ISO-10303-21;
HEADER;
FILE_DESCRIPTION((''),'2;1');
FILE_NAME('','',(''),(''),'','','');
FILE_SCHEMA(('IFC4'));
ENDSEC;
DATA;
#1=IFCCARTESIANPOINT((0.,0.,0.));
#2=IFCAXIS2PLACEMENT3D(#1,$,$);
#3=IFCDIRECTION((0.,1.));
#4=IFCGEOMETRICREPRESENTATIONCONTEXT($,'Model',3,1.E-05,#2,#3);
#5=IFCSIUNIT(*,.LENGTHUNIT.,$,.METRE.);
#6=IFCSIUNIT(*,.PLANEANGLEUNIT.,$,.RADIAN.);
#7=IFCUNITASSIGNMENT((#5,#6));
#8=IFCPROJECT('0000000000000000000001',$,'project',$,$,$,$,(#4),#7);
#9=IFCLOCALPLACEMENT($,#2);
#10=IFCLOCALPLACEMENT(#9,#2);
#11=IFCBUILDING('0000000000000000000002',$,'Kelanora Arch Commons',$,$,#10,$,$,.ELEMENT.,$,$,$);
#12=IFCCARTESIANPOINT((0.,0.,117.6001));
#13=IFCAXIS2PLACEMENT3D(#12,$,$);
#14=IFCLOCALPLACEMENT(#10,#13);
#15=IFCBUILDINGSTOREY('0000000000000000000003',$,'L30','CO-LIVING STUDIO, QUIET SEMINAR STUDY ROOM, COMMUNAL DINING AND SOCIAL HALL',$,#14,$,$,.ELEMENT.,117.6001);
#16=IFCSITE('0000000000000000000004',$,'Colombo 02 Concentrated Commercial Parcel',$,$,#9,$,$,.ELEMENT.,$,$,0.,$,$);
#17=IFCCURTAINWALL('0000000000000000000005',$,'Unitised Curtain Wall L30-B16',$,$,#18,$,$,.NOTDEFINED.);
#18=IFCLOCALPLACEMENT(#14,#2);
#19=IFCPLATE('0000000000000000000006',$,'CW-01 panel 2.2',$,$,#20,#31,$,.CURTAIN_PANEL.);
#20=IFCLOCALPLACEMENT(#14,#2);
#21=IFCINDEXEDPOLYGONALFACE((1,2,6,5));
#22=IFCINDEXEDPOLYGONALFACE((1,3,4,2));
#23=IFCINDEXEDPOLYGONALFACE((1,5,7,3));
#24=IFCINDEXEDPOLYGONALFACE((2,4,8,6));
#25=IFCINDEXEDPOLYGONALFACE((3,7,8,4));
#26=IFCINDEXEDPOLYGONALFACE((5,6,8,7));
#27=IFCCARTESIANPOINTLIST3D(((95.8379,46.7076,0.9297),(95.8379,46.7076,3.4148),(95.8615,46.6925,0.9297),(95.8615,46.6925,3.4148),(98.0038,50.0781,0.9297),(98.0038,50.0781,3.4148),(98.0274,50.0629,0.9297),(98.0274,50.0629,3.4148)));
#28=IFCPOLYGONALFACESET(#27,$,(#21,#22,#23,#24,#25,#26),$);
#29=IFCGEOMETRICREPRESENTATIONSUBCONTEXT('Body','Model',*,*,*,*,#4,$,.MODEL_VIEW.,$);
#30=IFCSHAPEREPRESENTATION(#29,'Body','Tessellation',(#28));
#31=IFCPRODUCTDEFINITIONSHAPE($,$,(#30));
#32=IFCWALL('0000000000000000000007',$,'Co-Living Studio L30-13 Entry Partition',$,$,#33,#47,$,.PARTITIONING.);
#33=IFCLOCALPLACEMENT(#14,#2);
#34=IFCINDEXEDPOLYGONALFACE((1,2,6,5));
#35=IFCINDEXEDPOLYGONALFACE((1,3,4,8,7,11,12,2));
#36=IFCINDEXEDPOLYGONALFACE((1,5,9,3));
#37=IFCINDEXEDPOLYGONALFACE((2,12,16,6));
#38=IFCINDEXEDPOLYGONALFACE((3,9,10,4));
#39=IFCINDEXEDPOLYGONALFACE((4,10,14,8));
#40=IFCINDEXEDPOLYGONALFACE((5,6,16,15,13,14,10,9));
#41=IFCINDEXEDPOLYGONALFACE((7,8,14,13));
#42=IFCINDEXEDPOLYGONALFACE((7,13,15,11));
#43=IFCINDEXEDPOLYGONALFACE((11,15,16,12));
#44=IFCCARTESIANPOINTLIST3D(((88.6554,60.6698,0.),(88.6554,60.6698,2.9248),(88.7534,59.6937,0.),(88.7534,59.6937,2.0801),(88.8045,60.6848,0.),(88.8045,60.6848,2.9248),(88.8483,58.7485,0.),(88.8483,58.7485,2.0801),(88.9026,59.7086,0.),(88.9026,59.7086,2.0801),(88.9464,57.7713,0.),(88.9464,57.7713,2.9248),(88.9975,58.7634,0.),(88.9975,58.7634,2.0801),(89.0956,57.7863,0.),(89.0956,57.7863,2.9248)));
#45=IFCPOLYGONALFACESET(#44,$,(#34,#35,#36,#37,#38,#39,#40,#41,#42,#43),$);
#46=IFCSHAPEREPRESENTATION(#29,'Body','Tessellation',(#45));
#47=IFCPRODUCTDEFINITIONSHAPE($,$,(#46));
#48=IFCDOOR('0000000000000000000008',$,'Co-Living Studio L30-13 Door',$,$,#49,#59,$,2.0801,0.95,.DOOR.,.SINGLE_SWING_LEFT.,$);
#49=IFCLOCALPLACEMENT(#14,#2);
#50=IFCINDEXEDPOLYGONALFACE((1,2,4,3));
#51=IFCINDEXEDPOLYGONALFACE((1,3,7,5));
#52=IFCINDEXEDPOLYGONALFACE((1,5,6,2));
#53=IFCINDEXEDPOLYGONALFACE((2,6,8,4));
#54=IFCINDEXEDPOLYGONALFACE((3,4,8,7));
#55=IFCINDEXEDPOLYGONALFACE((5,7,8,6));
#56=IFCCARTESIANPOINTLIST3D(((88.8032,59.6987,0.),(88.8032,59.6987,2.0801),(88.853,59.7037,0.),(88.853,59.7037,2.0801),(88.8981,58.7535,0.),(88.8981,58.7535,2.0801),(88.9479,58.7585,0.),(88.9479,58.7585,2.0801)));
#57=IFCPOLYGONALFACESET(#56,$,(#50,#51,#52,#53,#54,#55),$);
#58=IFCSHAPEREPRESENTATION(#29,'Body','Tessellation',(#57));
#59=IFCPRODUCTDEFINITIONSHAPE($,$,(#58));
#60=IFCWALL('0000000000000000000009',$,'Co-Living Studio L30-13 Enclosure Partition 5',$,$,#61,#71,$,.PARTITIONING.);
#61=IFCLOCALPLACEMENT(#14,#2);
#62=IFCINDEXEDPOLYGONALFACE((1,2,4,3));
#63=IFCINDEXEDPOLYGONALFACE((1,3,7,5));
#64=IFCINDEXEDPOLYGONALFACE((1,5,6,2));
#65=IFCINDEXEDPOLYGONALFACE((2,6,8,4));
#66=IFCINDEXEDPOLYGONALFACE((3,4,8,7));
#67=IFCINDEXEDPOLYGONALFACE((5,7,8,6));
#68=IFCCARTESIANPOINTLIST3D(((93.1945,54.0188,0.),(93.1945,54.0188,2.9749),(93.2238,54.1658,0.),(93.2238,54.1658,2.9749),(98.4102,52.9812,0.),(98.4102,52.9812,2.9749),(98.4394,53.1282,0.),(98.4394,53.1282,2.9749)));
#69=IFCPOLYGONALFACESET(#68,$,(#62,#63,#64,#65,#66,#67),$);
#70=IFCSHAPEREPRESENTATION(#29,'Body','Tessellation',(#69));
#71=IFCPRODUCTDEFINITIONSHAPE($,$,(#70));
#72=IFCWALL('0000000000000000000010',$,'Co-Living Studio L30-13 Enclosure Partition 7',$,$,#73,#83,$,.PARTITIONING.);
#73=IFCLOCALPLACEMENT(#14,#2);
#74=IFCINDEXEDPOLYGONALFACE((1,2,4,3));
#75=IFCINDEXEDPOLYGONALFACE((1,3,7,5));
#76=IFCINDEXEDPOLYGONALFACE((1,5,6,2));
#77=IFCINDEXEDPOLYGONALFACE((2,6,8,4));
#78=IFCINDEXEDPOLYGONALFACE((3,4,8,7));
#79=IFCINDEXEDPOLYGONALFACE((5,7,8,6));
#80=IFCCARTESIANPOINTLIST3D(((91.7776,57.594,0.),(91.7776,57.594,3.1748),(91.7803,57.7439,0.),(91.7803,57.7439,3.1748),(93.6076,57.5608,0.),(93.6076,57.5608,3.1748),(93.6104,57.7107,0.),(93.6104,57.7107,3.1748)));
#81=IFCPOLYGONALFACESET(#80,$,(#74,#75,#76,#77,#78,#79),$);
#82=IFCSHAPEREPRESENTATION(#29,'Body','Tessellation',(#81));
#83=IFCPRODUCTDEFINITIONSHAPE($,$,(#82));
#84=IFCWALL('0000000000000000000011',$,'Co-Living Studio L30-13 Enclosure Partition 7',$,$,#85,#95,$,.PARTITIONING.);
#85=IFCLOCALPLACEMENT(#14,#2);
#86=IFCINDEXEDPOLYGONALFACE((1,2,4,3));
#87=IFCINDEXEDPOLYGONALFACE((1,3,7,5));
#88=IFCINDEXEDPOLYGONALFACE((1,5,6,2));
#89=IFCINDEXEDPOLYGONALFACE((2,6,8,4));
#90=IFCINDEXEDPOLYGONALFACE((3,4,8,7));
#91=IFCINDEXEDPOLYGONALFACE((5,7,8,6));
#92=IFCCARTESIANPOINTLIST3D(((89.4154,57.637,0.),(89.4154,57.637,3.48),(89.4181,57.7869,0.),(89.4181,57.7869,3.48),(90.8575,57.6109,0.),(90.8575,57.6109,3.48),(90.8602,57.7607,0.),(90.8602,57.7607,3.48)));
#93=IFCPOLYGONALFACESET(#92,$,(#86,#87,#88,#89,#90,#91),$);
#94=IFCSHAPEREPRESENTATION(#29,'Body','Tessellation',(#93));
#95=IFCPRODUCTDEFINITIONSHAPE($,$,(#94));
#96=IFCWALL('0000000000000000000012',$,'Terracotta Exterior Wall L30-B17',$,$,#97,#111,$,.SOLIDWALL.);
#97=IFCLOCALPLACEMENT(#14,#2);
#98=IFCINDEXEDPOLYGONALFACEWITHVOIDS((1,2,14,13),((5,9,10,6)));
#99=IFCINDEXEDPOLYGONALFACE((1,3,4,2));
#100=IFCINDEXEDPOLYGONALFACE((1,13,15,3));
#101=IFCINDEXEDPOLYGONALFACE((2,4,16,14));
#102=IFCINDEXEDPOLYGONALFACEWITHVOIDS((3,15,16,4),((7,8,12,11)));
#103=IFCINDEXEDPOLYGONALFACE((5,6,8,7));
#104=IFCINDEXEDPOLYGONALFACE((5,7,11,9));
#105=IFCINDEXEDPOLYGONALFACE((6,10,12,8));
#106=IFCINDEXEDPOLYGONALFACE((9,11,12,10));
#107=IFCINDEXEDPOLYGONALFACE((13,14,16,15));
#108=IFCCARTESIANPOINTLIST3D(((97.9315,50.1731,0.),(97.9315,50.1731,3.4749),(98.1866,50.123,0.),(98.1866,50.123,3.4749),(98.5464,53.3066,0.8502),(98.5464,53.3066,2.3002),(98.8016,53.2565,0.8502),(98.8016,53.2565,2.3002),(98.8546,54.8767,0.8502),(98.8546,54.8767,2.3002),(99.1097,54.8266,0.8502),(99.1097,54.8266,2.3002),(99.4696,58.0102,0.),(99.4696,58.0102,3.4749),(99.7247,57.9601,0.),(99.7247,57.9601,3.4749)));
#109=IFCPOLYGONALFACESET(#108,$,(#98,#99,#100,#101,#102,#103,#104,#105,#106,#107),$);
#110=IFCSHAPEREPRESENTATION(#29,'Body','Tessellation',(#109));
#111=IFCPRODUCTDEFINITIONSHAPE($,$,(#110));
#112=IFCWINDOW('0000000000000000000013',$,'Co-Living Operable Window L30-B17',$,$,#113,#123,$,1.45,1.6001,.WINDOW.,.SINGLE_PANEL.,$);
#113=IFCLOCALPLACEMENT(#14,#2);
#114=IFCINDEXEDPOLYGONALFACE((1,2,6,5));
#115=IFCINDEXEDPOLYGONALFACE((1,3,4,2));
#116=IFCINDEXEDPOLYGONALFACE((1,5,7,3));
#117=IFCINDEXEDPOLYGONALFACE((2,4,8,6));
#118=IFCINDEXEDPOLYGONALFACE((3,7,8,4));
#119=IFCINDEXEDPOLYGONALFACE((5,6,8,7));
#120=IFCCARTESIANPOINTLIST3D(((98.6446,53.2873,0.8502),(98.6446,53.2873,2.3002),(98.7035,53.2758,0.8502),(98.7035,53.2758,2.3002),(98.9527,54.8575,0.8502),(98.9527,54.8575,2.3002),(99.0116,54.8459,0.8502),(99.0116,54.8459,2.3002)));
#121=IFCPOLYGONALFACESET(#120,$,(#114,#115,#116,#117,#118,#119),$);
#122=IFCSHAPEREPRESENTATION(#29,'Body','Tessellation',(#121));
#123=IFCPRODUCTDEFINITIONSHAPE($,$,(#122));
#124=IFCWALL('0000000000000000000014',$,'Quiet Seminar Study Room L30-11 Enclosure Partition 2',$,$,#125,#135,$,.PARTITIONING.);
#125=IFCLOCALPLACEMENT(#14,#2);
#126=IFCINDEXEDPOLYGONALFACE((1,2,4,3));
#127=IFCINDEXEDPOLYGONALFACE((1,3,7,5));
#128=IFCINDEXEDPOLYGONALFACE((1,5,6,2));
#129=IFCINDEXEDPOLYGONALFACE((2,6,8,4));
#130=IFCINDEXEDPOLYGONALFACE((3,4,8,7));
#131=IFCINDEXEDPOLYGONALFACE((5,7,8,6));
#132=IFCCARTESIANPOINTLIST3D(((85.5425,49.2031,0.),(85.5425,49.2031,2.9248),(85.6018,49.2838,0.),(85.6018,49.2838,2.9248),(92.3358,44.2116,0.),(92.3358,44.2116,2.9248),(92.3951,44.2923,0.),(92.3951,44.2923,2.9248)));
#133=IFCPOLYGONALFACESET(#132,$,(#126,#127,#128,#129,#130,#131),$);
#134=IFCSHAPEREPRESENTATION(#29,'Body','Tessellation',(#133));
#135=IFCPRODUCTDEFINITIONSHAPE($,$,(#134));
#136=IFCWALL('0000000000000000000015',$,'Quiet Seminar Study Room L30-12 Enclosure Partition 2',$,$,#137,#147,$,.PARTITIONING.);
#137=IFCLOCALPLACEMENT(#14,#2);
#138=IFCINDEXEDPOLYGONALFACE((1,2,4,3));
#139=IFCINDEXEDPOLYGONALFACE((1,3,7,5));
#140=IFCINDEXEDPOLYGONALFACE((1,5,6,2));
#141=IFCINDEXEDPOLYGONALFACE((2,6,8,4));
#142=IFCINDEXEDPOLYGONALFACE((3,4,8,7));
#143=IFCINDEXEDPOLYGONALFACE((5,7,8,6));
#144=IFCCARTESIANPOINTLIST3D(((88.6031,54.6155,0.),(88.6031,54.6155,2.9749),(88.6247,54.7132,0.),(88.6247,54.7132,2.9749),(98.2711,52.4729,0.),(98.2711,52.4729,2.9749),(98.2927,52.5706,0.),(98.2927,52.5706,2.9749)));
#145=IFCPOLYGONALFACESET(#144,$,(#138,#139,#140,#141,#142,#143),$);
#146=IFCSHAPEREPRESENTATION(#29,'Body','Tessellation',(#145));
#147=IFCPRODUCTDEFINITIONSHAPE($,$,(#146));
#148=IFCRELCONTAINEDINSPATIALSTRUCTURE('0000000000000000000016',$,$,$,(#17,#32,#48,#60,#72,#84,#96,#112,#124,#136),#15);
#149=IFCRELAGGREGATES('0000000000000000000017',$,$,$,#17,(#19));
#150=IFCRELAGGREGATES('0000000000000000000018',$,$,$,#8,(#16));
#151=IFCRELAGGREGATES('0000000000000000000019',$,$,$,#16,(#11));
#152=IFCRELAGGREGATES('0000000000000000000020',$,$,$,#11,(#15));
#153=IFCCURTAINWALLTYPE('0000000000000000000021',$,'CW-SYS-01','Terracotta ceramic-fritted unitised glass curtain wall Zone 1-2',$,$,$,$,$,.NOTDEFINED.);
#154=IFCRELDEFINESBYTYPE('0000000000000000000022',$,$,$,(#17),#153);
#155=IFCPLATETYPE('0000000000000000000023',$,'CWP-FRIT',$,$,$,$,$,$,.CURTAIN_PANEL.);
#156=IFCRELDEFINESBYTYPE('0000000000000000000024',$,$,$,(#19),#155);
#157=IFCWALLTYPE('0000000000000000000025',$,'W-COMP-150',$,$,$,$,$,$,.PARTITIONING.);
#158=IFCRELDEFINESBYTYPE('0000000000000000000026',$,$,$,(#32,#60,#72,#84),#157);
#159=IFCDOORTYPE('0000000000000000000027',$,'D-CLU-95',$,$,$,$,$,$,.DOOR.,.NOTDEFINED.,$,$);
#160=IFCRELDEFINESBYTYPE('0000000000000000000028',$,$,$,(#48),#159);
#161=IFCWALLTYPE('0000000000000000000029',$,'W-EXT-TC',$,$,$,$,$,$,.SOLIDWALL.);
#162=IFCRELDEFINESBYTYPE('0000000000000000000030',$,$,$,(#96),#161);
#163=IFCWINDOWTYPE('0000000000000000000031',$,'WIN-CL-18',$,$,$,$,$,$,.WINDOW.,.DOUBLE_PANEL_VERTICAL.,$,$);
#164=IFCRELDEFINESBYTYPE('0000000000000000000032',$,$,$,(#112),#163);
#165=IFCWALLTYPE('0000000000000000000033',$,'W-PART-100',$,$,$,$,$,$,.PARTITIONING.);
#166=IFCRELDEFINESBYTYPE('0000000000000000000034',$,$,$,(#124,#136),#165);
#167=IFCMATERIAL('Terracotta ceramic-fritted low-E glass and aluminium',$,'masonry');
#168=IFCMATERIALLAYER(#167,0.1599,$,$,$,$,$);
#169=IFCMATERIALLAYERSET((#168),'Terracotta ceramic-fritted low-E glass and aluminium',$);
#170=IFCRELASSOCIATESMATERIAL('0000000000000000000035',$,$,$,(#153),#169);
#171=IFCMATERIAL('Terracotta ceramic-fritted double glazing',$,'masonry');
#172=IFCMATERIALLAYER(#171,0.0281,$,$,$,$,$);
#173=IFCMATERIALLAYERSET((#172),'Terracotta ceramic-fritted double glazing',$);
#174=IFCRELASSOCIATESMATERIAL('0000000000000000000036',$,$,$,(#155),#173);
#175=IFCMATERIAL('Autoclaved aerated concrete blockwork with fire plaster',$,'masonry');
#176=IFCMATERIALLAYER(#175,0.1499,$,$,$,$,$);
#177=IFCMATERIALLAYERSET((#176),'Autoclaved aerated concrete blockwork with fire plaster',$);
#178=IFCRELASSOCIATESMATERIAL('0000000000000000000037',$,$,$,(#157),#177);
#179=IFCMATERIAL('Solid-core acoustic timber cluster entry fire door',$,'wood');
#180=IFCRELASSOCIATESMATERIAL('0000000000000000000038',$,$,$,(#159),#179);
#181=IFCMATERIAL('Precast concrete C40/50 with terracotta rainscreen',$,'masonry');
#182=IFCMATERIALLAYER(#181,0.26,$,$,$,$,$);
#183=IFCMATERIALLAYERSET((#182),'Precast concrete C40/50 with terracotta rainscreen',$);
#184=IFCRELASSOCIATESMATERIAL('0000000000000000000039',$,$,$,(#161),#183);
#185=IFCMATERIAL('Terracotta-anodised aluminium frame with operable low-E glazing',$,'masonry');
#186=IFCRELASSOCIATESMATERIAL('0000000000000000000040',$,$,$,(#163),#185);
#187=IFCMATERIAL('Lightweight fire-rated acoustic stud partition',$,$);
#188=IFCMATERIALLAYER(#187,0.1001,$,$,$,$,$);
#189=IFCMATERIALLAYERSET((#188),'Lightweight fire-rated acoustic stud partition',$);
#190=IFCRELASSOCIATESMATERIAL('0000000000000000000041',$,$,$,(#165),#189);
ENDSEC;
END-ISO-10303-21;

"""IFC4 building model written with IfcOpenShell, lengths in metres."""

from ifc_helpers import new_model, si_unit, direction, frame, frame_2d, origin, origin_2d, place, context, subcontext, project, spatial, rectangle, extrude, source, transform, mapped, material, layer, layer_set, type_object, element, fill, aggregate, save


model = new_model("IFC4")

# Units and contexts
model_context = context("Model", 3, precision=1e-05, world=origin(), true_north=direction((0.0, 1.0)))
body_context = subcontext(model_context, "Body", "Model", "MODEL_VIEW")
ifc_project = project(units=[si_unit("LENGTHUNIT", "METRE"), si_unit("PLANEANGLEUNIT", "RADIAN")], contexts=[model_context])

# Site, building, storey
site_placement = place(None, origin())
site = spatial("IfcSite", under=ifc_project, at=site_placement, Name="Colombo 02 Concentrated Commercial Parcel", CompositionType="ELEMENT", RefElevation=0.0)
building_placement = place(site_placement, origin())
building = spatial("IfcBuilding", under=site, at=building_placement, Name="Kelanora Arch Commons", CompositionType="ELEMENT")
storey_placement = place(building_placement, frame((0.0, 0.0, 117.6001)))
storey = spatial("IfcBuildingStorey", under=building, at=storey_placement, Name="L30", Description="CO-LIVING STUDIO, QUIET SEMINAR STUDY ROOM, COMMUNAL DINING AND SOCIAL HALL", CompositionType="ELEMENT", Elevation=117.6001)

# Curtain wall, plate
ifc_material_1 = material(Name="Terracotta ceramic-fritted low-E glass and aluminium", Category="masonry")
ifc_layer_1 = layer(ifc_material_1, 0.1599)
ifc_layer_set_1 = layer_set([ifc_layer_1], Name="Terracotta ceramic-fritted low-E glass and aluminium")
curtain_wall_type = type_object("IfcCurtainWallType", Name="CW-SYS-01", Description="Terracotta ceramic-fritted unitised glass curtain wall Zone 1-2", PredefinedType="NOTDEFINED", material=ifc_layer_set_1)
curtain_wall_placement = place(storey_placement, origin())
curtain_wall = element("IfcCurtainWall", 1, at=curtain_wall_placement, inside=storey, type_object=curtain_wall_type, Name="Unitised Curtain Wall L30-B16", PredefinedType="NOTDEFINED")
ifc_material_2 = material(Name="Terracotta ceramic-fritted double glazing", Category="masonry")
ifc_layer_2 = layer(ifc_material_2, 0.0281)
ifc_layer_set_2 = layer_set([ifc_layer_2], Name="Terracotta ceramic-fritted double glazing")
plate_type = type_object("IfcPlateType", Name="CWP-FRIT", PredefinedType="CURTAIN_PANEL", material=ifc_layer_set_2)
shared_shape_1 = source(origin(), body_context, "Body", "SweptSolid", [
    extrude(rectangle(XDim=4.0063, YDim=0.0281, at=origin_2d()), origin(), (0.0, 0.0, 1.0), 2.4851),
])
plate_1_placement = place(storey_placement, frame((96.9326, 48.3853, 0.9297), z_axis=(0.0, 0.0, 1.0), x_axis=(0.540617, 0.841269, 0.0)))
plate_1 = element("IfcPlate", 2, at=plate_1_placement, type_object=plate_type, Name="CW-01 panel 2.2", PredefinedType="CURTAIN_PANEL", context=body_context, shape_type="MappedRepresentation", body=[
    mapped(shared_shape_1, transform((0.0, 0.0, 0.0), scale=1.0)),
])
aggregate(curtain_wall, [plate_1])

# Wall, opening, door
ifc_material_3 = material(Name="Autoclaved aerated concrete blockwork with fire plaster", Category="masonry")
ifc_layer_3 = layer(ifc_material_3, 0.1499)
ifc_layer_set_3 = layer_set([ifc_layer_3], Name="Autoclaved aerated concrete blockwork with fire plaster")
wall_type_1 = type_object("IfcWallType", Name="W-COMP-150", PredefinedType="PARTITIONING", material=ifc_layer_set_3)
wall_1_placement = place(storey_placement, frame((89.021, 57.7788, 0.0), z_axis=(0.0, 0.0, 1.0), x_axis=(-0.099902, 0.994997, 0.0)))
wall_1 = element("IfcWall", 3, at=wall_1_placement, inside=storey, type_object=wall_type_1, Name="Co-Living Studio L30-13 Entry Partition", PredefinedType="PARTITIONING", context=body_context, shape_type="SweptSolid", body=[
    extrude(rectangle(XDim=2.9131, YDim=0.1499, at=frame_2d((1.4565, 0.0))), origin(), (0.0, 0.0, 1.0), 2.9248),
])
opening_1_placement = place(wall_1_placement, frame((0.9819, 0.0, 0.0)))
opening_1 = element("IfcOpeningElement", 4, at=opening_1_placement, cuts=wall_1, PredefinedType="OPENING", context=body_context, shape_type="SweptSolid", body=[
    extrude(rectangle(XDim=0.95, YDim=2.0801, at=frame_2d((0.4751, 1.04))), frame((0.0, 0.085, 0.0), z_axis=(0.0, -1.0, 0.0), x_axis=(1.0, 0.0, 0.0)), (0.0, 0.0, 1.0), 0.1699),
])
ifc_material_4 = material(Name="Solid-core acoustic timber cluster entry fire door", Category="wood")
door_type_1 = type_object("IfcDoorType", Name="D-CLU-95", OperationType="NOTDEFINED", PredefinedType="DOOR", material=ifc_material_4)
door_1_placement = place(opening_1_placement, origin())
door_1 = element("IfcDoor", 5, at=door_1_placement, inside=storey, type_object=door_type_1, Name="Co-Living Studio L30-13 Door", OperationType="SINGLE_SWING_LEFT", OverallHeight=2.0801, OverallWidth=0.95, PredefinedType="DOOR", context=body_context, shape_type="SweptSolid", body=[
    extrude(rectangle(XDim=0.95, YDim=2.0801, at=frame_2d((0.4751, 1.04))), frame((0.0, 0.0249, 0.0), z_axis=(0.0, -1.0, 0.0), x_axis=(1.0, 0.0, 0.0)), (0.0, 0.0, 1.0), 0.05),
])
fill(opening_1, door_1)

# Walls
wall_2_placement = place(storey_placement, frame((98.4248, 53.0547, 0.0), z_axis=(0.0, 0.0, 1.0), x_axis=(-0.98078, 0.195118, 0.0)))
element("IfcWall", 6, at=wall_2_placement, inside=storey, type_object=wall_type_1, Name="Co-Living Studio L30-13 Enclosure Partition 5", PredefinedType="PARTITIONING", context=body_context, shape_type="SweptSolid", body=[
    extrude(rectangle(XDim=5.3179, YDim=0.1499, at=frame_2d((2.6589, 0.0))), origin(), (0.0, 0.0, 1.0), 2.9749),
])
wall_3_placement = place(storey_placement, frame((93.6089, 57.6357, 0.0), z_axis=(0.0, 0.0, 1.0), x_axis=(-0.999835, 0.01814, 0.0)))
element("IfcWall", 7, at=wall_3_placement, inside=storey, type_object=wall_type_1, Name="Co-Living Studio L30-13 Enclosure Partition 7", PredefinedType="PARTITIONING", context=body_context, shape_type="SweptSolid", body=[
    extrude(rectangle(XDim=1.8303, YDim=0.1499, at=frame_2d((0.915, 0.0))), origin(), (0.0, 0.0, 1.0), 3.1748),
])
wall_4_placement = place(storey_placement, frame((90.8589, 57.6858, 0.0), z_axis=(0.0, 0.0, 1.0), x_axis=(-0.999836, 0.018111, 0.0)))
element("IfcWall", 8, at=wall_4_placement, inside=storey, type_object=wall_type_1, Name="Co-Living Studio L30-13 Enclosure Partition 7", PredefinedType="PARTITIONING", context=body_context, shape_type="SweptSolid", body=[
    extrude(rectangle(XDim=1.4424, YDim=0.1499, at=frame_2d((0.7212, 0.0))), origin(), (0.0, 0.0, 1.0), 3.48),
])

# Wall, opening, window
ifc_material_5 = material(Name="Precast concrete C40/50 with terracotta rainscreen", Category="masonry")
ifc_layer_4 = layer(ifc_material_5, 0.26)
ifc_layer_set_4 = layer_set([ifc_layer_4], Name="Precast concrete C40/50 with terracotta rainscreen")
wall_type_2 = type_object("IfcWallType", Name="W-EXT-TC", PredefinedType="SOLIDWALL", material=ifc_layer_set_4)
wall_5_placement = place(storey_placement, frame((98.0591, 50.1482, 0.0), z_axis=(0.0, 0.0, 1.0), x_axis=(0.192582, 0.981281, 0.0)))
wall_5 = element("IfcWall", 9, at=wall_5_placement, inside=storey, type_object=wall_type_2, Name="Terracotta Exterior Wall L30-B17", PredefinedType="SOLIDWALL", context=body_context, shape_type="SweptSolid", body=[
    extrude(rectangle(XDim=7.9866, YDim=0.26, at=frame_2d((3.9932, 0.0))), origin(), (0.0, 0.0, 1.0), 3.4749),
])
opening_2_placement = place(wall_5_placement, frame((3.1931, 0.0, 0.8501)))
opening_2 = element("IfcOpeningElement", 10, at=opening_2_placement, cuts=wall_5, PredefinedType="OPENING", context=body_context, shape_type="SweptSolid", body=[
    extrude(rectangle(XDim=1.6001, YDim=1.45, at=frame_2d((0.8, 0.7251))), frame((0.0, 0.1401, 0.0), z_axis=(0.0, -1.0, 0.0), x_axis=(1.0, 0.0, 0.0)), (0.0, 0.0, 1.0), 0.28),
])
ifc_material_6 = material(Name="Terracotta-anodised aluminium frame with operable low-E glazing", Category="masonry")
window_type = type_object("IfcWindowType", Name="WIN-CL-18", PartitioningType="DOUBLE_PANEL_VERTICAL", PredefinedType="WINDOW", material=ifc_material_6)
window_placement = place(opening_2_placement, origin())
window = element("IfcWindow", 11, at=window_placement, inside=storey, type_object=window_type, Name="Co-Living Operable Window L30-B17", OverallHeight=1.45, OverallWidth=1.6001, PartitioningType="SINGLE_PANEL", PredefinedType="WINDOW", context=body_context, shape_type="SweptSolid", body=[
    extrude(rectangle(XDim=1.6001, YDim=1.45, at=frame_2d((0.8, 0.7251))), frame((0.0, 0.03, 0.0), z_axis=(0.0, -1.0, 0.0), x_axis=(1.0, 0.0, 0.0)), (0.0, 0.0, 1.0), 0.0601),
])
fill(opening_2, window)

# Walls
ifc_material_7 = material(Name="Lightweight fire-rated acoustic stud partition")
ifc_layer_5 = layer(ifc_material_7, 0.1001)
ifc_layer_set_5 = layer_set([ifc_layer_5], Name="Lightweight fire-rated acoustic stud partition")
wall_type_3 = type_object("IfcWallType", Name="W-PART-100", PredefinedType="PARTITIONING", material=ifc_layer_set_5)
wall_6_placement = place(storey_placement, frame((85.5723, 49.2434, 0.0), z_axis=(0.0, 0.0, 1.0), x_axis=(0.805852, -0.592117, 0.0)))
element("IfcWall", 12, at=wall_6_placement, inside=storey, type_object=wall_type_3, Name="Quiet Seminar Study Room L30-11 Enclosure Partition 2", PredefinedType="PARTITIONING", context=body_context, shape_type="SweptSolid", body=[
    extrude(rectangle(XDim=8.4299, YDim=0.1001, at=frame_2d((4.2148, 0.0))), origin(), (0.0, 0.0, 1.0), 2.9248),
])
wall_7_placement = place(storey_placement, frame((88.614, 54.6643, 0.0), z_axis=(0.0, 0.0, 1.0), x_axis=(0.976312, -0.216367, 0.0)))
element("IfcWall", 13, at=wall_7_placement, inside=storey, type_object=wall_type_3, Name="Quiet Seminar Study Room L30-12 Enclosure Partition 2", PredefinedType="PARTITIONING", context=body_context, shape_type="SweptSolid", body=[
    extrude(rectangle(XDim=9.9026, YDim=0.1001, at=frame_2d((4.9512, 0.0))), origin(), (0.0, 0.0, 1.0), 2.9749),
])

save(model, "model.ifc")
